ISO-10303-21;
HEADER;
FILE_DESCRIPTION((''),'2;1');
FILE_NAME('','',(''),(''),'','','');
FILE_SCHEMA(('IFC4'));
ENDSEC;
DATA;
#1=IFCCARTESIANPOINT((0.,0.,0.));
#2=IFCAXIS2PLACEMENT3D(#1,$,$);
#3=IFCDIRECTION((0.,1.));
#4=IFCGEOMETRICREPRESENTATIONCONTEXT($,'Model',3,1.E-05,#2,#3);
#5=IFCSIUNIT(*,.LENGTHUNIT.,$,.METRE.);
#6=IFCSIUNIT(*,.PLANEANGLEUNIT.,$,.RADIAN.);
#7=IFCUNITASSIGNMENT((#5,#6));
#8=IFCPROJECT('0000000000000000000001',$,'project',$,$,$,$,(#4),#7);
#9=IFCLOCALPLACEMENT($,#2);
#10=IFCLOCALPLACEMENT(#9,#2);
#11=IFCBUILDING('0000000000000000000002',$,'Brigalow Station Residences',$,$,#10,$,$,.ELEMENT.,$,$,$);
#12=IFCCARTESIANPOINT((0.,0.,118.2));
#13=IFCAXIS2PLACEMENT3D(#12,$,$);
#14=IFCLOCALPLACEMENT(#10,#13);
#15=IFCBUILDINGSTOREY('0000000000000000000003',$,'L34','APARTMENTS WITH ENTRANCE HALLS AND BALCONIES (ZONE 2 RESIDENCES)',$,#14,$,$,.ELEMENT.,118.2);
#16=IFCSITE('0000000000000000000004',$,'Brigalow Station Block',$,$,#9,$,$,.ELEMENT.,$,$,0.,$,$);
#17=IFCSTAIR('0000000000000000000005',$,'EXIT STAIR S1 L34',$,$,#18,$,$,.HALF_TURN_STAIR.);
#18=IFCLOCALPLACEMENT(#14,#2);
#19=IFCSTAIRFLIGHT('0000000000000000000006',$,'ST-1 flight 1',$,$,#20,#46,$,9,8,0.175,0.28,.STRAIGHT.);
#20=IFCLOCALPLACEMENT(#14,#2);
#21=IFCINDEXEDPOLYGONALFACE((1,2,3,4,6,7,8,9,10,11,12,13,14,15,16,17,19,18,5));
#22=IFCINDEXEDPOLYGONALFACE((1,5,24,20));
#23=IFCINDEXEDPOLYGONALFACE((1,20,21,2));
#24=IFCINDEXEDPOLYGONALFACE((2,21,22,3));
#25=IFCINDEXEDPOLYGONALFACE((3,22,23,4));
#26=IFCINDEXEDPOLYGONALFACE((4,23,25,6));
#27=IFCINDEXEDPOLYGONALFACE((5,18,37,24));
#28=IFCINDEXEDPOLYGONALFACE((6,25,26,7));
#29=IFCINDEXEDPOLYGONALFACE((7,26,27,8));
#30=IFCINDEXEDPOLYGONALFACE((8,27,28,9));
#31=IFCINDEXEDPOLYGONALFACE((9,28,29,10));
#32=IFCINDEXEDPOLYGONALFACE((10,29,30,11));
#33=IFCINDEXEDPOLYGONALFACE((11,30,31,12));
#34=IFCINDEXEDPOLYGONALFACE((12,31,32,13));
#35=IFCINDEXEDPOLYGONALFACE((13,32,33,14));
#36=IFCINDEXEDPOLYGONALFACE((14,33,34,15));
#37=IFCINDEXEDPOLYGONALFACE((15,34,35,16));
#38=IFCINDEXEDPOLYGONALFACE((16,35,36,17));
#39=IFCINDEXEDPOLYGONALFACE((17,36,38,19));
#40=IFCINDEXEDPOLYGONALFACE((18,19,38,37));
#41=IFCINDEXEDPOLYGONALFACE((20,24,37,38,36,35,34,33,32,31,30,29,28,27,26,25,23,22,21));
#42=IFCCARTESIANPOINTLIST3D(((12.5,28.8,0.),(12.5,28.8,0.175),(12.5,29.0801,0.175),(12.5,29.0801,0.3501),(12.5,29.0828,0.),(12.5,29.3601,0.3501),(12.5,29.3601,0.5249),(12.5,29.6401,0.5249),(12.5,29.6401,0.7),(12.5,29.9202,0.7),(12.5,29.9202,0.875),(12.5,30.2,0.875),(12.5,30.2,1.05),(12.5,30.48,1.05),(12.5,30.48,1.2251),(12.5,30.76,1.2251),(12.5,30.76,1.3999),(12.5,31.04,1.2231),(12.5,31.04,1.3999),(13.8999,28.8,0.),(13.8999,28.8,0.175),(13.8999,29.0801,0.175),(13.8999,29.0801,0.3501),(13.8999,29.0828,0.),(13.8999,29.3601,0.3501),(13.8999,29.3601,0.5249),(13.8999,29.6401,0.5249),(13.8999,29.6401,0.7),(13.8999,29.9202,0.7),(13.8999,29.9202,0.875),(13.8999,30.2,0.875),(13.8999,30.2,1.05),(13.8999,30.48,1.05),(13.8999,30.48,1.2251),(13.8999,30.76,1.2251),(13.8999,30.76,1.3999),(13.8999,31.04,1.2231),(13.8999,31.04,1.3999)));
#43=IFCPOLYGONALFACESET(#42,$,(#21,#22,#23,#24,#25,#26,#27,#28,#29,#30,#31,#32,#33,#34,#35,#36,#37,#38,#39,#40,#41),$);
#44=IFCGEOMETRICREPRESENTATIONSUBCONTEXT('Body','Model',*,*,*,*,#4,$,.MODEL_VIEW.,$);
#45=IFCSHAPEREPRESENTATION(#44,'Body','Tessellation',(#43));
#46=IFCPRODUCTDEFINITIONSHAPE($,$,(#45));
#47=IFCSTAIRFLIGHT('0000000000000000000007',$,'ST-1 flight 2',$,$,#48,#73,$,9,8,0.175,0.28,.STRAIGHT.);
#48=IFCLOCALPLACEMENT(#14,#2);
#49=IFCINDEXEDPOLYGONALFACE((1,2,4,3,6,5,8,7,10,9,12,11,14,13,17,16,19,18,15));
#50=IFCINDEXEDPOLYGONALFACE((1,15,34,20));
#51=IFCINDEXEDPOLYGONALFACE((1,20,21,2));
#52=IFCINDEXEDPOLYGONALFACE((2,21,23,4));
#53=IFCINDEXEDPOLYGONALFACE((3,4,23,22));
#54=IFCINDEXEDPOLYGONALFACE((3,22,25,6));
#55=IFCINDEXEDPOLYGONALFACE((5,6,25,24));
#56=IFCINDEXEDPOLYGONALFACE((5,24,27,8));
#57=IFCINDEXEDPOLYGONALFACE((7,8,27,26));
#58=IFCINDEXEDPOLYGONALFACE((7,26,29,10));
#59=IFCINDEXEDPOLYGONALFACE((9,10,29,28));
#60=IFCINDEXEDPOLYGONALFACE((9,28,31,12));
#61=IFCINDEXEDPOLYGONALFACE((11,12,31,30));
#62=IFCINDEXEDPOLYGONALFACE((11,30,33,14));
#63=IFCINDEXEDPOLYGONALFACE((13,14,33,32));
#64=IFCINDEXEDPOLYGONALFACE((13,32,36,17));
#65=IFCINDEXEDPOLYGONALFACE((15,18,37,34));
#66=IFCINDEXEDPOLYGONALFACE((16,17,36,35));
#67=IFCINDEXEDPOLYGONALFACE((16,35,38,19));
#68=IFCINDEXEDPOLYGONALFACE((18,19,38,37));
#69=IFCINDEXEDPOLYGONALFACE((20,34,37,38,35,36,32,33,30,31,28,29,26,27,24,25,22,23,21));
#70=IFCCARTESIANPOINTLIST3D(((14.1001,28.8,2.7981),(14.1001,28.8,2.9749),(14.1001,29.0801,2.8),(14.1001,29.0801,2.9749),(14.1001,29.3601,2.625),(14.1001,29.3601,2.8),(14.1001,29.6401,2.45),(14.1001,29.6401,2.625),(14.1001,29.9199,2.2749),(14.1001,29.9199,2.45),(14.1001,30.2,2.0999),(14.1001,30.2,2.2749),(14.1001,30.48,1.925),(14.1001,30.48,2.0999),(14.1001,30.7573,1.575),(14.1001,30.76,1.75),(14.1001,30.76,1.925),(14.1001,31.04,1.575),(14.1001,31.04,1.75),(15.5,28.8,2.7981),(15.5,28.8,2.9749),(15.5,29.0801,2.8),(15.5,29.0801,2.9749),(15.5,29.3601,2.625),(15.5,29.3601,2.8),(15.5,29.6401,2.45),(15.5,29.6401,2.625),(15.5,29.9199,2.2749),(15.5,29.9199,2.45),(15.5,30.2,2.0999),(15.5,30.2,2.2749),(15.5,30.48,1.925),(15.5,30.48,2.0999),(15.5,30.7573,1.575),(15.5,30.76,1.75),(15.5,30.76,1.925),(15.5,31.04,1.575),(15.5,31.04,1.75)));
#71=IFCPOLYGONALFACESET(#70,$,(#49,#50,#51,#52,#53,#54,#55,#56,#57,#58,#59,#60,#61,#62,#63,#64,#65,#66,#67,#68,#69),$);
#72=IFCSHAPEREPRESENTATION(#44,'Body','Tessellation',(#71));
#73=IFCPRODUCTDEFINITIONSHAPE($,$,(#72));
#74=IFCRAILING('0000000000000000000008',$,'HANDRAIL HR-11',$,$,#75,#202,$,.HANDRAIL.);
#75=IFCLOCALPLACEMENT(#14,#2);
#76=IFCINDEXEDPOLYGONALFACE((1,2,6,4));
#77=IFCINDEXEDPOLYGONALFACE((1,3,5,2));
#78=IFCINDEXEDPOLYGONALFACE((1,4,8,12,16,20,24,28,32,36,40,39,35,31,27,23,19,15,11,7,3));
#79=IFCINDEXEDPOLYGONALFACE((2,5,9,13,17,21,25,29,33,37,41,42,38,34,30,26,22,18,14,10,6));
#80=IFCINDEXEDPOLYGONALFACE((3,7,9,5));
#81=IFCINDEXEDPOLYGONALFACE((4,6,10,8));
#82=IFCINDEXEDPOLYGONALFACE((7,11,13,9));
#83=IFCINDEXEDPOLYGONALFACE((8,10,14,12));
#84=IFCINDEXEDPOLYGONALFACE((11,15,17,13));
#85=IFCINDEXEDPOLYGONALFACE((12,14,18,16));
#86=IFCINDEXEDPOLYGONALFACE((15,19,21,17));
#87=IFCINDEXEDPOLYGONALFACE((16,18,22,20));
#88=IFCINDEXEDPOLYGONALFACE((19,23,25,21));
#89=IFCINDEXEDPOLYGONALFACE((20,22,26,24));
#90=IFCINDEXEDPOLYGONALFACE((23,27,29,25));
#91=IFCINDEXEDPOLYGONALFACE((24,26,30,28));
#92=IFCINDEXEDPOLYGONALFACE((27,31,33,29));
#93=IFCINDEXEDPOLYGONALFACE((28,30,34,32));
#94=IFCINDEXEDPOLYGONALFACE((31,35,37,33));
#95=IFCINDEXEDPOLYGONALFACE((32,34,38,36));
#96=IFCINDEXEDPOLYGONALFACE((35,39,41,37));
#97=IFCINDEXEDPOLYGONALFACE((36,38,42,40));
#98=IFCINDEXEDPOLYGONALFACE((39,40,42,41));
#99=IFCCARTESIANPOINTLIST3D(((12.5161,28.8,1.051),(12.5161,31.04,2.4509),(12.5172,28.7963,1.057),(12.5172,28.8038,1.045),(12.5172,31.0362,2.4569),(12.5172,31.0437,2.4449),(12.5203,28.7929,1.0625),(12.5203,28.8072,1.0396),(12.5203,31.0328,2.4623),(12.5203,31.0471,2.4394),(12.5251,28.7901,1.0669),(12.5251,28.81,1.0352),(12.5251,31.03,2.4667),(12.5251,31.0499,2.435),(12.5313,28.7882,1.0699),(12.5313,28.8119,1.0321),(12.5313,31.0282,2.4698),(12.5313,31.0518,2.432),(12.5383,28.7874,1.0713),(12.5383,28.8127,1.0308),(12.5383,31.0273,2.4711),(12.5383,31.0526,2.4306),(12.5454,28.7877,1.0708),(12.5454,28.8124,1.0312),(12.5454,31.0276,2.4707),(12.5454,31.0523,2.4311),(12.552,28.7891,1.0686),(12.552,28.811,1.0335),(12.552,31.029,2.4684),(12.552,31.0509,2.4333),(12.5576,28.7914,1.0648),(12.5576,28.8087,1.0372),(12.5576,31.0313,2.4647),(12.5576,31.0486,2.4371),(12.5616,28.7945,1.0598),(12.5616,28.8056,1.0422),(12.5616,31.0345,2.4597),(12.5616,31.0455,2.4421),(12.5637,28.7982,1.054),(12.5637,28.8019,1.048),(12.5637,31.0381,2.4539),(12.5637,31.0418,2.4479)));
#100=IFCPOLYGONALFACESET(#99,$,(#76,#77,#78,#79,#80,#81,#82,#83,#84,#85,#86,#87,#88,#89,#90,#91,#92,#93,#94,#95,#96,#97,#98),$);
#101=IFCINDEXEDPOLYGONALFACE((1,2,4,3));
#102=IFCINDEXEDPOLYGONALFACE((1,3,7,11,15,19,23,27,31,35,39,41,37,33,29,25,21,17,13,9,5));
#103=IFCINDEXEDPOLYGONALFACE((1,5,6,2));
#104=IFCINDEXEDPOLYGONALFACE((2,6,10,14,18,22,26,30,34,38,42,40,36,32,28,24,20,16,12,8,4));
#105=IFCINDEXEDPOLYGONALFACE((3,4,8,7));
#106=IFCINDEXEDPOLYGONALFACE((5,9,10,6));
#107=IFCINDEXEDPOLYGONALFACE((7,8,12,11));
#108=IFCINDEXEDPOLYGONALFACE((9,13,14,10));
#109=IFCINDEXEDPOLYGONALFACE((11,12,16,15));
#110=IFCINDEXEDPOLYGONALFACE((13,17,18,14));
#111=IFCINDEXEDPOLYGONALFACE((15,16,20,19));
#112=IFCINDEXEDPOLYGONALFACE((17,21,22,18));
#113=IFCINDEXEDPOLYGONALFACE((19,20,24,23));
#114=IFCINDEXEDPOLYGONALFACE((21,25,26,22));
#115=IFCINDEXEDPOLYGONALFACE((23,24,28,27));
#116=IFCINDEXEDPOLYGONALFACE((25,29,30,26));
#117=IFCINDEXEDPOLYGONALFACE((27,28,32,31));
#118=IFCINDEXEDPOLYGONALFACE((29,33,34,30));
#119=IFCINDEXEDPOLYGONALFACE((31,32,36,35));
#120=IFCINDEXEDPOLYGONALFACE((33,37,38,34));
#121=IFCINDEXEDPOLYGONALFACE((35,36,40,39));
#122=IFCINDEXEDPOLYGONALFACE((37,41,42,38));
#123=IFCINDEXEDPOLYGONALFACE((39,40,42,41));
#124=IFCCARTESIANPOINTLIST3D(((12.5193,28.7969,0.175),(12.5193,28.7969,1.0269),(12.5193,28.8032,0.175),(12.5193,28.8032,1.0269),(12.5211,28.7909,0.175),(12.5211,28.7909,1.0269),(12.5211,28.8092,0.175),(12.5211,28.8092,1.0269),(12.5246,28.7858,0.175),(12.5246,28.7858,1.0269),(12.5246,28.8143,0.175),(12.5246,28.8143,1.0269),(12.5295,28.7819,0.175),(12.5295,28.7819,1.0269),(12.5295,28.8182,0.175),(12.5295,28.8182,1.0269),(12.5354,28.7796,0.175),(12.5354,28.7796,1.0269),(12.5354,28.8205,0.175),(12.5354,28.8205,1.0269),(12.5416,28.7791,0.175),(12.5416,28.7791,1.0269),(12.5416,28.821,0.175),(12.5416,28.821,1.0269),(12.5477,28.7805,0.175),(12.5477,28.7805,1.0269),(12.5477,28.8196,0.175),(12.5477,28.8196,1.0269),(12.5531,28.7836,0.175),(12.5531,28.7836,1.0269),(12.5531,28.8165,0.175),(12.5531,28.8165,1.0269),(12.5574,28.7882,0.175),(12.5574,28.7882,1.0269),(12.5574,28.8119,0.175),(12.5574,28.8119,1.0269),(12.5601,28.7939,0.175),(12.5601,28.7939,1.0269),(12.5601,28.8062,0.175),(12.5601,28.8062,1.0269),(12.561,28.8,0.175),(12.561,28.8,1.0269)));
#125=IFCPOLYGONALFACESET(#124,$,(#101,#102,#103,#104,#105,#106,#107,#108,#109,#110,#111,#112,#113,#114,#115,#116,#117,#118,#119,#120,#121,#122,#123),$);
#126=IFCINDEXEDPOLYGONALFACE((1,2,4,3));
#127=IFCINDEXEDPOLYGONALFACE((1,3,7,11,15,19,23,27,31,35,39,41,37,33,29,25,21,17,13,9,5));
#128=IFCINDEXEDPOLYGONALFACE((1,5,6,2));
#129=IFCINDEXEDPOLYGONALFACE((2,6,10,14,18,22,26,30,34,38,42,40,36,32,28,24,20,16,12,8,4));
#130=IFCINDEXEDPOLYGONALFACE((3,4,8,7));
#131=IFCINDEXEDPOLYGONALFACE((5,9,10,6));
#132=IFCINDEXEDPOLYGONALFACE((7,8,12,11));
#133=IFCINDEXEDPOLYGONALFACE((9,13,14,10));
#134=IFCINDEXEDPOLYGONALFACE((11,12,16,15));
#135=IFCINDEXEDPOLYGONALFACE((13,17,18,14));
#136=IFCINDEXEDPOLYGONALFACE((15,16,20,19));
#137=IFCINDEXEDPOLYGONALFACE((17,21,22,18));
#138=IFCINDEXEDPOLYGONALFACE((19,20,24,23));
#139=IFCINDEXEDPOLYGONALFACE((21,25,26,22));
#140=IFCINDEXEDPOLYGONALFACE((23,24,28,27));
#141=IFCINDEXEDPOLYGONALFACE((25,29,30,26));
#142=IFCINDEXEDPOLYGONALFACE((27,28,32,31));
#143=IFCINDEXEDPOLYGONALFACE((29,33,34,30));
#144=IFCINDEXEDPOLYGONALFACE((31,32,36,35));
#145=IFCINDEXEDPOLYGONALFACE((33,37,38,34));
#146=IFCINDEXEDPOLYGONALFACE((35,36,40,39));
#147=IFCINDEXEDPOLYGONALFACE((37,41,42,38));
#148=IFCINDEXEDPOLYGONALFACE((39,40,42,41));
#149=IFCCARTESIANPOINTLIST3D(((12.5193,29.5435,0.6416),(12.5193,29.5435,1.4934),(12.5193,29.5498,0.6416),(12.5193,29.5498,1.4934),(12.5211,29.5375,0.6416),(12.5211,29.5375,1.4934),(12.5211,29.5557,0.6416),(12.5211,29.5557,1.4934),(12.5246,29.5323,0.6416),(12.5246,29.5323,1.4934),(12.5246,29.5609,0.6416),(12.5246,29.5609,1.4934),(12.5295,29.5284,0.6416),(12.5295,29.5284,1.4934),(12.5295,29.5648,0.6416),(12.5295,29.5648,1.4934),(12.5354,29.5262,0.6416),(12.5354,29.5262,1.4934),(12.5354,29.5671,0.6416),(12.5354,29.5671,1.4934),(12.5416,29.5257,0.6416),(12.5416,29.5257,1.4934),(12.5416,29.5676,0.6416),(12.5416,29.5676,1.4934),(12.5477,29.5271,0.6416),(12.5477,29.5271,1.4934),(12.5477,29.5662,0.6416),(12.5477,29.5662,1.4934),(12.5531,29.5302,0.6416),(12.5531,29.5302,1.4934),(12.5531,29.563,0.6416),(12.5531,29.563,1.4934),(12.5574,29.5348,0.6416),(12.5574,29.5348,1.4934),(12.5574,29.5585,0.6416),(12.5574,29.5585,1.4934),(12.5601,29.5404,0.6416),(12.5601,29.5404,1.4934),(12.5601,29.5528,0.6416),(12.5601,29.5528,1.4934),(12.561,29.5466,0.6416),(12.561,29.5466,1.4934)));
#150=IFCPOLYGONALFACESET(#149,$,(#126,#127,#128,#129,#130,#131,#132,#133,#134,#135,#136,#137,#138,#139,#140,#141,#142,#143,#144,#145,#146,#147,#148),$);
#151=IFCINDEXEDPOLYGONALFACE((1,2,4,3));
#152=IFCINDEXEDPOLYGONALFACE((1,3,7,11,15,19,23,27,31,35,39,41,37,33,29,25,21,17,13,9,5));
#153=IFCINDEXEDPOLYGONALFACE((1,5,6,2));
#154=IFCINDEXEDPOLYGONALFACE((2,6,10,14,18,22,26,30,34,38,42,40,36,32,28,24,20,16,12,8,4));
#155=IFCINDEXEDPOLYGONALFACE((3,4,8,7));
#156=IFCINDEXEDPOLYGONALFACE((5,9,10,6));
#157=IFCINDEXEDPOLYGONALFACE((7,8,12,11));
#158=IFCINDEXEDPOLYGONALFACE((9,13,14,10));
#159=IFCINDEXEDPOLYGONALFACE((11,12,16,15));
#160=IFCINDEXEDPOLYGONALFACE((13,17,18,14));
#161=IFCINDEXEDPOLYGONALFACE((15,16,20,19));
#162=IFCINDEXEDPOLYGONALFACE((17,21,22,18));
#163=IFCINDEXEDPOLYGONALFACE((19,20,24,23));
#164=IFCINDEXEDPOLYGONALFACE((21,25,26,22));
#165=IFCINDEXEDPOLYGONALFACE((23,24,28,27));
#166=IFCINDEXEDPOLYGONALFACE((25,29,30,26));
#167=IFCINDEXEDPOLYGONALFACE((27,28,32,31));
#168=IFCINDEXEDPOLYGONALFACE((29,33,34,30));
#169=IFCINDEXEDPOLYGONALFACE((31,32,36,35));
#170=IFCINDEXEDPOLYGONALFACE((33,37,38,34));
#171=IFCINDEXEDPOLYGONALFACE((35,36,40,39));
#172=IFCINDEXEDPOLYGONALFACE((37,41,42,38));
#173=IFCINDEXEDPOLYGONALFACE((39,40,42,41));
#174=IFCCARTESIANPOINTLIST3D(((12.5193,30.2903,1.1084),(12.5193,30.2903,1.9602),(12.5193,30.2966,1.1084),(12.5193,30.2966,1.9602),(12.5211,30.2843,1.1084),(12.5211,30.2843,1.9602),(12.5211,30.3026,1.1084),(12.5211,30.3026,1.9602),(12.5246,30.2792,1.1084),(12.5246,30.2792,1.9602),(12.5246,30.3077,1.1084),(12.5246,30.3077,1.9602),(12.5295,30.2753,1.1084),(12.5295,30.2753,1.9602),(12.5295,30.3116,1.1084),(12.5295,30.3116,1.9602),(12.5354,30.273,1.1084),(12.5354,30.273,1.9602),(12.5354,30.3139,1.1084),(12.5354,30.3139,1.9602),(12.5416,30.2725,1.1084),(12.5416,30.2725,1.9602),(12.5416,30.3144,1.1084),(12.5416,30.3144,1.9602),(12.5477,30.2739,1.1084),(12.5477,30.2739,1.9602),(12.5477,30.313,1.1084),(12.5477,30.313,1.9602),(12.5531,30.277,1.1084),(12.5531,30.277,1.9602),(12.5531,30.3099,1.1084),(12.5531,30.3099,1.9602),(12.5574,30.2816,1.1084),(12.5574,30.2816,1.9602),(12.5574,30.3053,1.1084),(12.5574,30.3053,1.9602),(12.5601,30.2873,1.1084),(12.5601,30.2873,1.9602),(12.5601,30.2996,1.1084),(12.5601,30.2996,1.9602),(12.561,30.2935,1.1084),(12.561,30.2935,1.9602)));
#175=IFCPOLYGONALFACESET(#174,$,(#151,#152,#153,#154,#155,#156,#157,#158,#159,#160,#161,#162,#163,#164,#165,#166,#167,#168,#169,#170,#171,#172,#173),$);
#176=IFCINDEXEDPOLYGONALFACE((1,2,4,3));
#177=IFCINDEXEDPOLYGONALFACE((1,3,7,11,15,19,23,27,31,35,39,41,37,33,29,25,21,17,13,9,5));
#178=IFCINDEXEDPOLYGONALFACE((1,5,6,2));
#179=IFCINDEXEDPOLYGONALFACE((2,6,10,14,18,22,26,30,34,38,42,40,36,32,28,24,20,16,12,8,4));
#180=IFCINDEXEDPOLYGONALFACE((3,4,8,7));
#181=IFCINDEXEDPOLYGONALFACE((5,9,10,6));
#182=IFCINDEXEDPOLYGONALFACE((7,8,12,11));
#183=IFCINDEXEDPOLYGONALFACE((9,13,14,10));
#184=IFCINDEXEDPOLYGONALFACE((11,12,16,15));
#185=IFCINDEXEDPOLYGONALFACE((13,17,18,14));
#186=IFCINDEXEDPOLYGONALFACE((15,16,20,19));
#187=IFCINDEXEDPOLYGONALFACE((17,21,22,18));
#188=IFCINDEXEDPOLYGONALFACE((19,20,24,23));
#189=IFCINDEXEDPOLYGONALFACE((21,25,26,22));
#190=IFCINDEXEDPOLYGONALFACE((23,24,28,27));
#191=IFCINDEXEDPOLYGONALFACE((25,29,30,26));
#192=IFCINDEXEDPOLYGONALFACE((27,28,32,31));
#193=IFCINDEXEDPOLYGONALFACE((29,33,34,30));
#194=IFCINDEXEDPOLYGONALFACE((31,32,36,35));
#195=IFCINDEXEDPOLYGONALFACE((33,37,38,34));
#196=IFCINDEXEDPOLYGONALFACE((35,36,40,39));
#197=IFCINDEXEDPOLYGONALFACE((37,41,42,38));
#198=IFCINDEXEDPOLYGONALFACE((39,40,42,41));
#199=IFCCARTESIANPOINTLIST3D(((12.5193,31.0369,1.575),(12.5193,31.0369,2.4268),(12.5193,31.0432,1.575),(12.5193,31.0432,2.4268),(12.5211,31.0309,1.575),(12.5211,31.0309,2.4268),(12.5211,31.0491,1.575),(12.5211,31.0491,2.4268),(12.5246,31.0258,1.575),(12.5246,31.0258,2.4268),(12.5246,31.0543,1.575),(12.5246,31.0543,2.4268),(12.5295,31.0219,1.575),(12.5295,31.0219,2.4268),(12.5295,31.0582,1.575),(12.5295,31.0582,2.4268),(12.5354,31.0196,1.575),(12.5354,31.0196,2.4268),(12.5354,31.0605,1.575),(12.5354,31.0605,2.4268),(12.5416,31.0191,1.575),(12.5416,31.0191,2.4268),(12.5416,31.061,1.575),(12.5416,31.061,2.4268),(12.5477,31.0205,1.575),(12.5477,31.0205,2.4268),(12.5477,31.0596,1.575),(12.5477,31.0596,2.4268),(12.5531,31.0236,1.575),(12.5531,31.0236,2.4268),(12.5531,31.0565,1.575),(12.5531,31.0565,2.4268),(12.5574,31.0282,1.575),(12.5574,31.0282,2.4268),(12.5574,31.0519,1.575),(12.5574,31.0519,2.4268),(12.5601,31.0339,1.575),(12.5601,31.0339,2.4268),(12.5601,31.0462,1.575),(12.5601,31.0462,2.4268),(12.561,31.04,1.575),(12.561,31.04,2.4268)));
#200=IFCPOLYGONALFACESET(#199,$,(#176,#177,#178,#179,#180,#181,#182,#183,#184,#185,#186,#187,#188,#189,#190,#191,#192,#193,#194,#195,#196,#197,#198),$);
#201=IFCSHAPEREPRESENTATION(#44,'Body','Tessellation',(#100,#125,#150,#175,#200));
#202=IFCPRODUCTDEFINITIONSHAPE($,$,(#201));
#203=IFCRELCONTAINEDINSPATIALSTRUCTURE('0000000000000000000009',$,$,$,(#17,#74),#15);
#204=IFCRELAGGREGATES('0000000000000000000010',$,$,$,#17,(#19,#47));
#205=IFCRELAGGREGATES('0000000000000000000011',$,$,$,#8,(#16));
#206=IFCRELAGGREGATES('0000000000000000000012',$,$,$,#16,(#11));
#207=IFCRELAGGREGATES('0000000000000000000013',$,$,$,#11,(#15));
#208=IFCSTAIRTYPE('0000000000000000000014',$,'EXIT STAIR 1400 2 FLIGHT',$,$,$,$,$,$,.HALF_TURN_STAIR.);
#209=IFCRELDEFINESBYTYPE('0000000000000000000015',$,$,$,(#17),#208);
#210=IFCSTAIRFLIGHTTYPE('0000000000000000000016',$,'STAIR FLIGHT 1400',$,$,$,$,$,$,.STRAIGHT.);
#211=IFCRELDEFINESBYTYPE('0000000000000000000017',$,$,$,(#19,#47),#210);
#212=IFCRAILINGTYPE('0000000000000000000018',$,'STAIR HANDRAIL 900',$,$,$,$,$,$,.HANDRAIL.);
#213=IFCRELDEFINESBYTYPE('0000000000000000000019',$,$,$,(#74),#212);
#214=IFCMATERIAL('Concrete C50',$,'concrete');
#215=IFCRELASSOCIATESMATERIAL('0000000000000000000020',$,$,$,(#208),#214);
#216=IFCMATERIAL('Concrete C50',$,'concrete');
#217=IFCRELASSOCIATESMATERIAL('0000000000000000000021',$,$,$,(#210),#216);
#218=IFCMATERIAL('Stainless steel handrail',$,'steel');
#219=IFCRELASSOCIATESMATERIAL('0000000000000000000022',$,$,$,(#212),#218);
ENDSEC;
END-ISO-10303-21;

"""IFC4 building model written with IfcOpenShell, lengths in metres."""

from ifc_helpers import new_model, si_unit, direction, frame, origin, origin_2d, place, context, subcontext, project, spatial, polyline, circle, outline, extrude, material, type_object, element, aggregate, save


model = new_model("IFC4")

# Units and contexts
model_context = context("Model", 3, precision=1e-05, world=origin(), true_north=direction((0.0, 1.0)))
body_context = subcontext(model_context, "Body", "Model", "MODEL_VIEW")
ifc_project = project(units=[si_unit("LENGTHUNIT", "METRE"), si_unit("PLANEANGLEUNIT", "RADIAN")], contexts=[model_context])

# Site, building, storey
site_placement = place(None, origin())
site = spatial("IfcSite", under=ifc_project, at=site_placement, Name="Brigalow Station Block", CompositionType="ELEMENT", RefElevation=0.0)
building_placement = place(site_placement, origin())
building = spatial("IfcBuilding", under=site, at=building_placement, Name="Brigalow Station Residences", CompositionType="ELEMENT")
storey_placement = place(building_placement, frame((0.0, 0.0, 118.2)))
storey = spatial("IfcBuildingStorey", under=building, at=storey_placement, Name="L34", Description="APARTMENTS WITH ENTRANCE HALLS AND BALCONIES (ZONE 2 RESIDENCES)", CompositionType="ELEMENT", Elevation=118.2)

# Stair, stair flights
ifc_material_1 = material(Name="Concrete C50", Category="concrete")
stair_type = type_object("IfcStairType", Name="EXIT STAIR 1400 2 FLIGHT", PredefinedType="HALF_TURN_STAIR", material=ifc_material_1)
stair_placement = place(storey_placement, origin())
stair = element("IfcStair", 1, at=stair_placement, inside=storey, type_object=stair_type, Name="EXIT STAIR S1 L34", PredefinedType="HALF_TURN_STAIR")
ifc_material_2 = material(Name="Concrete C50", Category="concrete")
stair_flight_type = type_object("IfcStairFlightType", Name="STAIR FLIGHT 1400", PredefinedType="STRAIGHT", material=ifc_material_2)
stair_flight_1_placement = place(storey_placement, frame((13.2, 28.8, 0.0), z_axis=(0.0, 0.0, 1.0), x_axis=(0.0, 1.0, 0.0)))
stair_flight_1 = element("IfcStairFlight", 2, at=stair_flight_1_placement, type_object=stair_flight_type, Name="ST-1 flight 1", NumberOfRisers=9, NumberOfTreads=8, PredefinedType="STRAIGHT", RiserHeight=0.175, TreadLength=0.28, context=body_context, shape_type="SweptSolid", body=[
    extrude(outline(polyline([(0.0, 0.0), (0.0, 0.175), (0.28, 0.175), (0.28, 0.3501), (0.5601, 0.3501), (0.5601, 0.5249), (0.8401, 0.5249), (0.8401, 0.7), (1.1201, 0.7), (1.1201, 0.875), (1.3999, 0.875), (1.3999, 1.05), (1.6799, 1.05), (1.6799, 1.2251), (1.96, 1.2251), (1.96, 1.3999), (2.24, 1.3999), (2.24, 1.575), (2.24, 1.2231), (0.2827, 0.0), (0.0, 0.0)])), frame((0.0, 0.7, 0.0), z_axis=(0.0, -1.0, 0.0), x_axis=(1.0, 0.0, 0.0)), (0.0, 0.0, 1.0), 1.3999),
])
stair_flight_2_placement = place(storey_placement, frame((14.8, 31.04, 1.575), z_axis=(0.0, 0.0, 1.0), x_axis=(0.0, -1.0, 0.0)))
stair_flight_2 = element("IfcStairFlight", 3, at=stair_flight_2_placement, type_object=stair_flight_type, Name="ST-1 flight 2", NumberOfRisers=9, NumberOfTreads=8, PredefinedType="STRAIGHT", RiserHeight=0.175, TreadLength=0.28, context=body_context, shape_type="SweptSolid", body=[
    extrude(outline(polyline([(0.0, 0.0), (0.0, 0.175), (0.28, 0.175), (0.28, 0.3501), (0.5601, 0.3501), (0.5601, 0.5249), (0.8401, 0.5249), (0.8401, 0.7), (1.1201, 0.7), (1.1201, 0.875), (1.3999, 0.875), (1.3999, 1.05), (1.6799, 1.05), (1.6799, 1.2251), (1.96, 1.2251), (1.96, 1.3999), (2.24, 1.3999), (2.24, 1.575), (2.24, 1.2231), (0.2827, 0.0), (0.0, 0.0)])), frame((0.0, 0.7, 0.0), z_axis=(0.0, -1.0, 0.0), x_axis=(1.0, 0.0, 0.0)), (0.0, 0.0, 1.0), 1.3999),
])
aggregate(stair, [stair_flight_1, stair_flight_2])

# Railing
ifc_material_3 = material(Name="Stainless steel handrail", Category="steel")
railing_type_1 = type_object("IfcRailingType", Name="STAIR HANDRAIL 900", PredefinedType="HANDRAIL", material=ifc_material_3)
railing_1_placement = place(storey_placement, frame((12.54, 28.8, 0.175)))
element("IfcRailing", 4, at=railing_1_placement, inside=storey, type_object=railing_type_1, Name="HANDRAIL HR-11", PredefinedType="HANDRAIL", context=body_context, shape_type="SweptSolid", body=[
    extrude(circle(Radius=0.0239, at=origin_2d()), frame((0.0, 0.0, 0.876), z_axis=(0.0, 0.848014, 0.529974), x_axis=(-1.0, 0.0, 0.0)), (0.0, 0.0, 1.0), 2.6414),
    extrude(circle(Radius=0.021, at=origin_2d()), origin(), (0.0, 0.0, 1.0), 0.8518),
    extrude(circle(Radius=0.021, at=origin_2d()), frame((0.0, 0.7466, 0.4666)), (0.0, 0.0, 1.0), 0.8518),
    extrude(circle(Radius=0.021, at=origin_2d()), frame((0.0, 1.4934, 0.9333)), (0.0, 0.0, 1.0), 0.8518),
    extrude(circle(Radius=0.021, at=origin_2d()), frame((0.0, 2.24, 1.3999)), (0.0, 0.0, 1.0), 0.8518),
])

save(model, "model.ifc")
